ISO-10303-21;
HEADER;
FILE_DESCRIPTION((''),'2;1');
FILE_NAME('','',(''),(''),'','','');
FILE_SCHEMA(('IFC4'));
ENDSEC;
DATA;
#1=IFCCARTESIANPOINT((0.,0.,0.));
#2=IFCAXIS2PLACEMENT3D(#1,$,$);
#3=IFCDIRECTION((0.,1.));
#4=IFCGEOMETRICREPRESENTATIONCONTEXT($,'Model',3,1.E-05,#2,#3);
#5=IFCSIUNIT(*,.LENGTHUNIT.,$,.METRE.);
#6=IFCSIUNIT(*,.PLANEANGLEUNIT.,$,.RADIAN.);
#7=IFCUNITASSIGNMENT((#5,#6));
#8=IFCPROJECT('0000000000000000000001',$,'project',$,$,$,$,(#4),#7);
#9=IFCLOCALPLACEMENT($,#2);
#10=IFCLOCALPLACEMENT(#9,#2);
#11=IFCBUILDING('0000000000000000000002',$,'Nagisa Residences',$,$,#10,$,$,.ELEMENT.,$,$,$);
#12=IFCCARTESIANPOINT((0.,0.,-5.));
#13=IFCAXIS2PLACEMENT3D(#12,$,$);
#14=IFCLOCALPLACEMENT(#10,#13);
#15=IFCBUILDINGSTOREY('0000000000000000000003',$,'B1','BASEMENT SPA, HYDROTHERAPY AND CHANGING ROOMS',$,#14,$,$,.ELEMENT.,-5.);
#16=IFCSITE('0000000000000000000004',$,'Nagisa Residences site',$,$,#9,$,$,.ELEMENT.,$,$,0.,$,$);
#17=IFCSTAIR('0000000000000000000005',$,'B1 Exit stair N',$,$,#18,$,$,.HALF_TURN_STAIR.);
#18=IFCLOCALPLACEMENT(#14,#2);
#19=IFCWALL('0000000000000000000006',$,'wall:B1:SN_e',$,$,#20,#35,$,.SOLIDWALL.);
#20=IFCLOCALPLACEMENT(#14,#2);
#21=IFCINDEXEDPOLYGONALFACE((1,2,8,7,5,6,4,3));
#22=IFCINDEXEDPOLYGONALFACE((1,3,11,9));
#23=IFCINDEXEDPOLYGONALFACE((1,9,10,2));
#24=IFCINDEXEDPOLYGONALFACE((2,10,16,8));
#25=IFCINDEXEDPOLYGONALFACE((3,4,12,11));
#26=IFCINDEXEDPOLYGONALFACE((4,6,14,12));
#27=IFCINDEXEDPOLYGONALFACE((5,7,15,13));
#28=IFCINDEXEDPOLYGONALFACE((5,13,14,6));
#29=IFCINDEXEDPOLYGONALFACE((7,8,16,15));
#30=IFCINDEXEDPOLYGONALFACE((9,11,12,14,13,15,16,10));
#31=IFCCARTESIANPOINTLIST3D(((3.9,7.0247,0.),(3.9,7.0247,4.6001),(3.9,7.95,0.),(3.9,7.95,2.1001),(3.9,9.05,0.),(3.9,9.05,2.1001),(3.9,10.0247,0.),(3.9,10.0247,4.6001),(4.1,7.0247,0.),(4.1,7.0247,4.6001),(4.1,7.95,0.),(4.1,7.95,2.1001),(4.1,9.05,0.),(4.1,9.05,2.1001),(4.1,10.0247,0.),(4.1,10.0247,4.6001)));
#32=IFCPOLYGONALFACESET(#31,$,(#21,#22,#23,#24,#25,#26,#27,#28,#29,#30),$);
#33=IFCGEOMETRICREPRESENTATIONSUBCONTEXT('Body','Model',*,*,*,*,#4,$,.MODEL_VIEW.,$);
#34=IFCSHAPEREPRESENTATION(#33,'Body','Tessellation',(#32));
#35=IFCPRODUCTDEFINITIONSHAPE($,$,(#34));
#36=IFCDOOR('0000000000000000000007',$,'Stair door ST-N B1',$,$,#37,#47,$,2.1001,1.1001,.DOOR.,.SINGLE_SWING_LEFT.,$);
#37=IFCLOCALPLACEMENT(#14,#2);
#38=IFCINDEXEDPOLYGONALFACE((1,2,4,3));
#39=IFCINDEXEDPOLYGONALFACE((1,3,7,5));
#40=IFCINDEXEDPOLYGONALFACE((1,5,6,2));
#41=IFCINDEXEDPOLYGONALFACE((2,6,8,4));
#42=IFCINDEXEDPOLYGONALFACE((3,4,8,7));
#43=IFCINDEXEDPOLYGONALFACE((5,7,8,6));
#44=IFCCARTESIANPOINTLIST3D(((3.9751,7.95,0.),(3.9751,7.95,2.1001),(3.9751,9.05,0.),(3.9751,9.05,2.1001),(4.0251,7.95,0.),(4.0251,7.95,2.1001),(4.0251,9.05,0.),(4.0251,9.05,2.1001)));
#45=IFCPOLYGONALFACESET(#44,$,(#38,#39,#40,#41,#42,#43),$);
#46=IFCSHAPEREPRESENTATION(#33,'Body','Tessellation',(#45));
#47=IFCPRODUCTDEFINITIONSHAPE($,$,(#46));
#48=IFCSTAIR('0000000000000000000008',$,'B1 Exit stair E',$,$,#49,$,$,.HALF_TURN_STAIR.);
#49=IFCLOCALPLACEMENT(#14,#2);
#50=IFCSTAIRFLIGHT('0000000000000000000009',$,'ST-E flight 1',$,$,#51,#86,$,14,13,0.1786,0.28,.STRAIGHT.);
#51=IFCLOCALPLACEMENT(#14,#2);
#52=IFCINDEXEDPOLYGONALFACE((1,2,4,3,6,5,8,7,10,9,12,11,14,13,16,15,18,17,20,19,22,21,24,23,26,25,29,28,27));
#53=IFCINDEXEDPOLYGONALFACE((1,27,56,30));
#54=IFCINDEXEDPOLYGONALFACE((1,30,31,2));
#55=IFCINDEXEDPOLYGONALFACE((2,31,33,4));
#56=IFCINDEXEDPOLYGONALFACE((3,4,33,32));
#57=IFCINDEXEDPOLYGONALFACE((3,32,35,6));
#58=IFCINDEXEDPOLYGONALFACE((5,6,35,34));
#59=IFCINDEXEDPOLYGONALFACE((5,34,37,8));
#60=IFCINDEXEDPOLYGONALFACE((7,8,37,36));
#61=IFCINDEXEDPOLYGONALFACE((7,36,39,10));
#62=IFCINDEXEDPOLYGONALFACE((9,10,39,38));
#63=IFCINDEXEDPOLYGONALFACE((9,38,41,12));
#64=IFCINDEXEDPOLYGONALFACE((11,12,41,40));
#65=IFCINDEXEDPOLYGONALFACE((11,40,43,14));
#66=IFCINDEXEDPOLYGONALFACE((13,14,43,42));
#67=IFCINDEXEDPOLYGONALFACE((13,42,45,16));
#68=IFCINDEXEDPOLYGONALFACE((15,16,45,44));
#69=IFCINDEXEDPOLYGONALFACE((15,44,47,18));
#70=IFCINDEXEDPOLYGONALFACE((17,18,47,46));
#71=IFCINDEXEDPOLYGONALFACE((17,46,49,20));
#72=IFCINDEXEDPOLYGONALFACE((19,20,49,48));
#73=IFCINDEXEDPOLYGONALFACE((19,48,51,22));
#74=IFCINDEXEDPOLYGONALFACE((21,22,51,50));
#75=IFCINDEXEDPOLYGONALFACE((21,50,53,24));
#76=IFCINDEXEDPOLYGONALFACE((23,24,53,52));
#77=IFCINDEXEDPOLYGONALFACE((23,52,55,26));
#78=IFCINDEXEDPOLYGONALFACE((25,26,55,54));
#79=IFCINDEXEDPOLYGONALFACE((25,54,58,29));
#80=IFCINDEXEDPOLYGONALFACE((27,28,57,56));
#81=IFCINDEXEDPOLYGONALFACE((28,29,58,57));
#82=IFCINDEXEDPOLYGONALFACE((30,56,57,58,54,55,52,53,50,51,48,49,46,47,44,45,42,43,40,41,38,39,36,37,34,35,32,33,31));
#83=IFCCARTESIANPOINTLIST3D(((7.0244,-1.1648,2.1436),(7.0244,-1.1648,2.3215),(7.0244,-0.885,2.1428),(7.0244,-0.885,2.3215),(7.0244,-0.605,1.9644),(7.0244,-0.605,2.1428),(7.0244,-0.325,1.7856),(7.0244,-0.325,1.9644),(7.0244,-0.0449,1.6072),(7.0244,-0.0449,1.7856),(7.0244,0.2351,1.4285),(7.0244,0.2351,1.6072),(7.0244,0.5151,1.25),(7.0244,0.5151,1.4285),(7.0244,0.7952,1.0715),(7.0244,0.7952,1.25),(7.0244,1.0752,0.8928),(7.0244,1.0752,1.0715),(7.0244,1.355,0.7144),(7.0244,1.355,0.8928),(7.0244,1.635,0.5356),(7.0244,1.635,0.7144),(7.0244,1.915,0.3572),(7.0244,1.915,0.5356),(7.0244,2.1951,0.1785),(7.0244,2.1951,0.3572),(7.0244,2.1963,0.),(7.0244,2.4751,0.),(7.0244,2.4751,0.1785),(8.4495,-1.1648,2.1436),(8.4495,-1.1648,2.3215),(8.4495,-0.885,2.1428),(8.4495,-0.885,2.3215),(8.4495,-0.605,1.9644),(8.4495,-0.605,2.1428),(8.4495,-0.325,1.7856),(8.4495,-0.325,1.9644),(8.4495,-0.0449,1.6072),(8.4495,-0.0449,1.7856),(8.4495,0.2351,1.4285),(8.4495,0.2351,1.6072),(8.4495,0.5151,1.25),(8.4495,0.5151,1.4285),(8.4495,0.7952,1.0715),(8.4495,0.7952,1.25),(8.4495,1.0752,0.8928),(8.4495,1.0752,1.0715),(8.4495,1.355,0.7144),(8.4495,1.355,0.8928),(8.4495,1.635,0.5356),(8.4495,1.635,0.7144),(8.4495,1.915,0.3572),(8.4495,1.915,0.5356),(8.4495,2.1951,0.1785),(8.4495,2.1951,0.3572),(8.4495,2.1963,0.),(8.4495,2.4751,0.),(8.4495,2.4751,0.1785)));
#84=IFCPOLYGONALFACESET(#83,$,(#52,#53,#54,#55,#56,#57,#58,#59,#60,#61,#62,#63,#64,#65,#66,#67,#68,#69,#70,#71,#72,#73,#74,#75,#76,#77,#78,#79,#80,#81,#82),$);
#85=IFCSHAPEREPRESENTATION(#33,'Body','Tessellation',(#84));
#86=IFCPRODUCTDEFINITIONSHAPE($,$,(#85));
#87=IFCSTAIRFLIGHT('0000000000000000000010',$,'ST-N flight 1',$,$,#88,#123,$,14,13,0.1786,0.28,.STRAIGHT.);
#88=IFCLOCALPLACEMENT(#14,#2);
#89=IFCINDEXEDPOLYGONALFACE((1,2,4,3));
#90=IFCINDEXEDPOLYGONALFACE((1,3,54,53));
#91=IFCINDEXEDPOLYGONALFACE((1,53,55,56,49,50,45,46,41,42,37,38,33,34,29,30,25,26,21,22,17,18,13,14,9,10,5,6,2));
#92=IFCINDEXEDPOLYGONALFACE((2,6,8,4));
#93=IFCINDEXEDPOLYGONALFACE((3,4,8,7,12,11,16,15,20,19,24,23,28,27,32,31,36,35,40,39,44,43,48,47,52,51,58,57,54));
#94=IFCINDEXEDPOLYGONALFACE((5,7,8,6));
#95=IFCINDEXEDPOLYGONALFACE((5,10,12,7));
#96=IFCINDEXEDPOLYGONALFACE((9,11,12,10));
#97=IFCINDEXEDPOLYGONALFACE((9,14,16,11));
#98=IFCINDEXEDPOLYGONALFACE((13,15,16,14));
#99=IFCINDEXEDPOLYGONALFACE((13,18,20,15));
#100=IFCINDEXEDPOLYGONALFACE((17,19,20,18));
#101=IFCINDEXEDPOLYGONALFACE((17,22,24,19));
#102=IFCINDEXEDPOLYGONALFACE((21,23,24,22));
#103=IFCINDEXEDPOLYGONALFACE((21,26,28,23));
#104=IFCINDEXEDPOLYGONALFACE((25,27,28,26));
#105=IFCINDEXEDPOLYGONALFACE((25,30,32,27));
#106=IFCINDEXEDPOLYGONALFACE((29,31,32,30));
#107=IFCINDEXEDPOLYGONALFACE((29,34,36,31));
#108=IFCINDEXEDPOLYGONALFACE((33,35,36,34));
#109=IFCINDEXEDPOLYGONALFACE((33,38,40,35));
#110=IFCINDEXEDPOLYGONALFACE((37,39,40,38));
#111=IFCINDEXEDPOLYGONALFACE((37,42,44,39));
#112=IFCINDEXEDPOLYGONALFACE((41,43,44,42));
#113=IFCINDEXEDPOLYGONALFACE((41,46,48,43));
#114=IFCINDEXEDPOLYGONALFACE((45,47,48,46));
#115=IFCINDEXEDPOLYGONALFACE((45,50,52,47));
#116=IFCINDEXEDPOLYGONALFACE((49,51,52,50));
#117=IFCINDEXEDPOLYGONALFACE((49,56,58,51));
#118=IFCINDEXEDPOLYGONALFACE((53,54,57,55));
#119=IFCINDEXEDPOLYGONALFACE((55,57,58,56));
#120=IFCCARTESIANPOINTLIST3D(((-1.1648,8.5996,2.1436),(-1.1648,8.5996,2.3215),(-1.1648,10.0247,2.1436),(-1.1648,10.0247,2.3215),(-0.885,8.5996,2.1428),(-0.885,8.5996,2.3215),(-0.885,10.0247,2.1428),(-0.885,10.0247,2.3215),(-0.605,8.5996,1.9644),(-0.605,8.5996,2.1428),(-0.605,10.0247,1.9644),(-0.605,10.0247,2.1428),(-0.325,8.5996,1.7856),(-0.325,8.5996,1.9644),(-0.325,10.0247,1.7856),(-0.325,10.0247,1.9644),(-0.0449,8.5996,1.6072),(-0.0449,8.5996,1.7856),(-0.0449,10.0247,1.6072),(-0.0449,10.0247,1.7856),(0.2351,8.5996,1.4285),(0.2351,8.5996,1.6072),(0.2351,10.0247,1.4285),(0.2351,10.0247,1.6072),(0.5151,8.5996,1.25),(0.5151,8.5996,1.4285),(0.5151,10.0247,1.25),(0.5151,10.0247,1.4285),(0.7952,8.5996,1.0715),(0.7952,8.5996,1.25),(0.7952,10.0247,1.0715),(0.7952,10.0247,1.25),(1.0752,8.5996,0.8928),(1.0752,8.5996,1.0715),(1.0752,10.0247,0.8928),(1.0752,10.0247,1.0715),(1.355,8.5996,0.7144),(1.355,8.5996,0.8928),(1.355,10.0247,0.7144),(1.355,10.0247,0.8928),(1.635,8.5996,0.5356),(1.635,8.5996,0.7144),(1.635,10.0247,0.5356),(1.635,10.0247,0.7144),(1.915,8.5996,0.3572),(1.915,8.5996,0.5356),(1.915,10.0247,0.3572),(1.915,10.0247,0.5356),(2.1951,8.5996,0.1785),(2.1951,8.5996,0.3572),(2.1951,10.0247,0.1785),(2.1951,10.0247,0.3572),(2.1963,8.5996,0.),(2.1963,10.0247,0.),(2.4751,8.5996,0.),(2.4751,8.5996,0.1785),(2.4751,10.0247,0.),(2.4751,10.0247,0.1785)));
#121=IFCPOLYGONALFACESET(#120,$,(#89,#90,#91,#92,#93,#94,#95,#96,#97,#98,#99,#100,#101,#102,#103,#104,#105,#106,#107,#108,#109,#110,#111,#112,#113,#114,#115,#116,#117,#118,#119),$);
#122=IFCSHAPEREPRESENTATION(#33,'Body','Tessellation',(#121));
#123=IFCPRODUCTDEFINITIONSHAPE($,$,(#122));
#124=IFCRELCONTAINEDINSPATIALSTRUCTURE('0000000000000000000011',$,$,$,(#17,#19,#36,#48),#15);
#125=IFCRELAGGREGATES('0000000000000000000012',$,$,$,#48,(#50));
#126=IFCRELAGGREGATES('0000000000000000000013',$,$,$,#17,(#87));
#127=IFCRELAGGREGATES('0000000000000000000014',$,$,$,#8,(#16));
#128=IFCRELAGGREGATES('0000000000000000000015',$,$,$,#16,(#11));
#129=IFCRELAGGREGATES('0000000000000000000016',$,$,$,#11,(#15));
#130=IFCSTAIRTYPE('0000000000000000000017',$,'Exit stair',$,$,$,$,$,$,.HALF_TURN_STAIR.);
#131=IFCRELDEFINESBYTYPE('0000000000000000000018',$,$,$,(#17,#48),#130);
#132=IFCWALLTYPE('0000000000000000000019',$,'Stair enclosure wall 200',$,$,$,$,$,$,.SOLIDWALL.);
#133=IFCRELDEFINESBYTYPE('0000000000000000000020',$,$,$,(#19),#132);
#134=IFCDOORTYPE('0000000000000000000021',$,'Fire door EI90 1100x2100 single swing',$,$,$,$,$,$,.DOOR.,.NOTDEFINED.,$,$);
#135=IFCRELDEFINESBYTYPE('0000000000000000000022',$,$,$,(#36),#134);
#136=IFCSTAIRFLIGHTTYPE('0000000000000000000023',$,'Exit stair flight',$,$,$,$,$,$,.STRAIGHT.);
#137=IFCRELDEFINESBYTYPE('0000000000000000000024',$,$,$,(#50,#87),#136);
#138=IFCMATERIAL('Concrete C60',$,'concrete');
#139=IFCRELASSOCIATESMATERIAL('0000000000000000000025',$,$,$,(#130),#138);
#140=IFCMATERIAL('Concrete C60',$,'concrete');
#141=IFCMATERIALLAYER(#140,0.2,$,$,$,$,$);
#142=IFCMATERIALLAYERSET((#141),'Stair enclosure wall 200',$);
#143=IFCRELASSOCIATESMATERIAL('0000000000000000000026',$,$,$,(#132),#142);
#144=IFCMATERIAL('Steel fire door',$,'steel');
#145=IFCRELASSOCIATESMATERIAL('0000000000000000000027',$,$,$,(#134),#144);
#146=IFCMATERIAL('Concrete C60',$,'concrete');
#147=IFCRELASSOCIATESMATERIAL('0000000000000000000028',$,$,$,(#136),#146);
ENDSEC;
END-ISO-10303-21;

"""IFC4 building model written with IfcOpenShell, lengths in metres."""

from ifc_helpers import new_model, si_unit, direction, frame, frame_2d, origin, place, context, subcontext, project, spatial, polyline, rectangle, outline, extrude, material, layer, layer_set, type_object, element, fill, aggregate, save


model = new_model("IFC4")

# Units and contexts
model_context = context("Model", 3, precision=1e-05, world=origin(), true_north=direction((0.0, 1.0)))
body_context = subcontext(model_context, "Body", "Model", "MODEL_VIEW")
ifc_project = project(units=[si_unit("LENGTHUNIT", "METRE"), si_unit("PLANEANGLEUNIT", "RADIAN")], contexts=[model_context])

# Site, building, storey
site_placement = place(None, origin())
site = spatial("IfcSite", under=ifc_project, at=site_placement, Name="Nagisa Residences site", CompositionType="ELEMENT", RefElevation=0.0)
building_placement = place(site_placement, origin())
building = spatial("IfcBuilding", under=site, at=building_placement, Name="Nagisa Residences", CompositionType="ELEMENT")
storey_placement = place(building_placement, frame((0.0, 0.0, -5.0)))
storey = spatial("IfcBuildingStorey", under=building, at=storey_placement, Name="B1", Description="BASEMENT SPA, HYDROTHERAPY AND CHANGING ROOMS", CompositionType="ELEMENT", Elevation=-5.0)

# Stair
ifc_material_1 = material(Name="Concrete C60", Category="concrete")
stair_type = type_object("IfcStairType", Name="Exit stair", PredefinedType="HALF_TURN_STAIR", material=ifc_material_1)
stair_1_placement = place(storey_placement, origin())
stair_1 = element("IfcStair", 1, at=stair_1_placement, inside=storey, type_object=stair_type, Name="B1 Exit stair N", PredefinedType="HALF_TURN_STAIR")

# Wall, opening, door
ifc_material_2 = material(Name="Concrete C60", Category="concrete")
ifc_layer_1 = layer(ifc_material_2, 0.2)
ifc_layer_set_1 = layer_set([ifc_layer_1], Name="Stair enclosure wall 200")
wall_type_1 = type_object("IfcWallType", Name="Stair enclosure wall 200", PredefinedType="SOLIDWALL", material=ifc_layer_set_1)
ifc_material_3 = material(Name="Steel fire door", Category="steel")
door_type_1 = type_object("IfcDoorType", Name="Fire door EI90 1100x2100 single swing", OperationType="NOTDEFINED", PredefinedType="DOOR", material=ifc_material_3)
wall_1_placement = place(storey_placement, frame((4.0, 7.0247, 0.0), z_axis=(0.0, 0.0, 1.0), x_axis=(0.0, 1.0, 0.0)))
wall_1 = element("IfcWall", 2, at=wall_1_placement, inside=storey, type_object=wall_type_1, Name="wall:B1:SN_e", PredefinedType="SOLIDWALL", context=body_context, shape_type="SweptSolid", body=[
    extrude(rectangle(XDim=3.0, YDim=0.2, at=frame_2d((1.5, 0.0))), origin(), (0.0, 0.0, 1.0), 4.6001),
])
opening_1_placement = place(wall_1_placement, frame((0.9253, 0.0, 0.0)))
opening_1 = element("IfcOpeningElement", 3, at=opening_1_placement, cuts=wall_1, PredefinedType="OPENING", context=body_context, shape_type="SweptSolid", body=[
    extrude(rectangle(XDim=1.1001, YDim=2.1001, at=frame_2d((0.55, 1.05))), frame((0.0, 0.1099, 0.0), z_axis=(0.0, -1.0, 0.0), x_axis=(1.0, 0.0, 0.0)), (0.0, 0.0, 1.0), 0.22),
])
door_1_placement = place(opening_1_placement, origin())
door_1 = element("IfcDoor", 4, at=door_1_placement, inside=storey, type_object=door_type_1, Name="Stair door ST-N B1", OperationType="SINGLE_SWING_LEFT", OverallHeight=2.1001, OverallWidth=1.1001, PredefinedType="DOOR", context=body_context, shape_type="SweptSolid", body=[
    extrude(rectangle(XDim=1.1001, YDim=2.1001, at=frame_2d((0.55, 1.05))), frame((0.0, 0.0249, 0.0), z_axis=(0.0, -1.0, 0.0), x_axis=(1.0, 0.0, 0.0)), (0.0, 0.0, 1.0), 0.05),
])
fill(opening_1, door_1)

# Stair, stair flight
stair_2_placement = place(storey_placement, origin())
stair_2 = element("IfcStair", 5, at=stair_2_placement, inside=storey, type_object=stair_type, Name="B1 Exit stair E", PredefinedType="HALF_TURN_STAIR")
ifc_material_4 = material(Name="Concrete C60", Category="concrete")
stair_flight_type = type_object("IfcStairFlightType", Name="Exit stair flight", PredefinedType="STRAIGHT", material=ifc_material_4)
stair_flight_1_placement = place(storey_placement, frame((7.7371, 2.4751, 0.0), z_axis=(0.0, 0.0, 1.0), x_axis=(0.0, -1.0, 0.0)))
stair_flight_1 = element("IfcStairFlight", 6, at=stair_flight_1_placement, type_object=stair_flight_type, Name="ST-E flight 1", NumberOfRisers=14, NumberOfTreads=13, PredefinedType="STRAIGHT", RiserHeight=0.1786, TreadLength=0.28, context=body_context, shape_type="SweptSolid", body=[
    extrude(outline(polyline([(0.0, 0.0), (0.0, 0.1785), (0.28, 0.1785), (0.28, 0.3572), (0.5601, 0.3572), (0.5601, 0.5356), (0.8401, 0.5356), (0.8401, 0.7144), (1.1201, 0.7144), (1.1201, 0.8928), (1.3999, 0.8928), (1.3999, 1.0715), (1.6799, 1.0715), (1.6799, 1.25), (1.96, 1.25), (1.96, 1.4285), (2.24, 1.4285), (2.24, 1.6072), (2.52, 1.6072), (2.52, 1.7856), (2.8, 1.7856), (2.8, 1.9644), (3.0801, 1.9644), (3.0801, 2.1428), (3.3601, 2.1428), (3.3601, 2.3215), (3.6399, 2.3215), (3.6399, 2.5), (3.6399, 2.1436), (0.2788, 0.0), (0.0, 0.0)])), frame((0.0, 0.7124, 0.0), z_axis=(0.0, -1.0, 0.0), x_axis=(1.0, 0.0, 0.0)), (0.0, 0.0, 1.0), 1.425),
])
aggregate(stair_2, [stair_flight_1])

# Stair flight
stair_flight_2_placement = place(storey_placement, frame((2.4751, 9.312, 0.0), z_axis=(0.0, 0.0, 1.0), x_axis=(-1.0, 0.0, 0.0)))
stair_flight_2 = element("IfcStairFlight", 7, at=stair_flight_2_placement, type_object=stair_flight_type, Name="ST-N flight 1", NumberOfRisers=14, NumberOfTreads=13, PredefinedType="STRAIGHT", RiserHeight=0.1786, TreadLength=0.28, context=body_context, shape_type="SweptSolid", body=[
    extrude(outline(polyline([(0.0, 0.0), (0.0, 0.1785), (0.28, 0.1785), (0.28, 0.3572), (0.5601, 0.3572), (0.5601, 0.5356), (0.8401, 0.5356), (0.8401, 0.7144), (1.1201, 0.7144), (1.1201, 0.8928), (1.3999, 0.8928), (1.3999, 1.0715), (1.6799, 1.0715), (1.6799, 1.25), (1.96, 1.25), (1.96, 1.4285), (2.24, 1.4285), (2.24, 1.6072), (2.52, 1.6072), (2.52, 1.7856), (2.8, 1.7856), (2.8, 1.9644), (3.0801, 1.9644), (3.0801, 2.1428), (3.3601, 2.1428), (3.3601, 2.3215), (3.6399, 2.3215), (3.6399, 2.5), (3.6399, 2.1436), (0.2788, 0.0), (0.0, 0.0)])), frame((0.0, 0.7124, 0.0), z_axis=(0.0, -1.0, 0.0), x_axis=(1.0, 0.0, 0.0)), (0.0, 0.0, 1.0), 1.425),
])
aggregate(stair_1, [stair_flight_2])

save(model, "model.ifc")
